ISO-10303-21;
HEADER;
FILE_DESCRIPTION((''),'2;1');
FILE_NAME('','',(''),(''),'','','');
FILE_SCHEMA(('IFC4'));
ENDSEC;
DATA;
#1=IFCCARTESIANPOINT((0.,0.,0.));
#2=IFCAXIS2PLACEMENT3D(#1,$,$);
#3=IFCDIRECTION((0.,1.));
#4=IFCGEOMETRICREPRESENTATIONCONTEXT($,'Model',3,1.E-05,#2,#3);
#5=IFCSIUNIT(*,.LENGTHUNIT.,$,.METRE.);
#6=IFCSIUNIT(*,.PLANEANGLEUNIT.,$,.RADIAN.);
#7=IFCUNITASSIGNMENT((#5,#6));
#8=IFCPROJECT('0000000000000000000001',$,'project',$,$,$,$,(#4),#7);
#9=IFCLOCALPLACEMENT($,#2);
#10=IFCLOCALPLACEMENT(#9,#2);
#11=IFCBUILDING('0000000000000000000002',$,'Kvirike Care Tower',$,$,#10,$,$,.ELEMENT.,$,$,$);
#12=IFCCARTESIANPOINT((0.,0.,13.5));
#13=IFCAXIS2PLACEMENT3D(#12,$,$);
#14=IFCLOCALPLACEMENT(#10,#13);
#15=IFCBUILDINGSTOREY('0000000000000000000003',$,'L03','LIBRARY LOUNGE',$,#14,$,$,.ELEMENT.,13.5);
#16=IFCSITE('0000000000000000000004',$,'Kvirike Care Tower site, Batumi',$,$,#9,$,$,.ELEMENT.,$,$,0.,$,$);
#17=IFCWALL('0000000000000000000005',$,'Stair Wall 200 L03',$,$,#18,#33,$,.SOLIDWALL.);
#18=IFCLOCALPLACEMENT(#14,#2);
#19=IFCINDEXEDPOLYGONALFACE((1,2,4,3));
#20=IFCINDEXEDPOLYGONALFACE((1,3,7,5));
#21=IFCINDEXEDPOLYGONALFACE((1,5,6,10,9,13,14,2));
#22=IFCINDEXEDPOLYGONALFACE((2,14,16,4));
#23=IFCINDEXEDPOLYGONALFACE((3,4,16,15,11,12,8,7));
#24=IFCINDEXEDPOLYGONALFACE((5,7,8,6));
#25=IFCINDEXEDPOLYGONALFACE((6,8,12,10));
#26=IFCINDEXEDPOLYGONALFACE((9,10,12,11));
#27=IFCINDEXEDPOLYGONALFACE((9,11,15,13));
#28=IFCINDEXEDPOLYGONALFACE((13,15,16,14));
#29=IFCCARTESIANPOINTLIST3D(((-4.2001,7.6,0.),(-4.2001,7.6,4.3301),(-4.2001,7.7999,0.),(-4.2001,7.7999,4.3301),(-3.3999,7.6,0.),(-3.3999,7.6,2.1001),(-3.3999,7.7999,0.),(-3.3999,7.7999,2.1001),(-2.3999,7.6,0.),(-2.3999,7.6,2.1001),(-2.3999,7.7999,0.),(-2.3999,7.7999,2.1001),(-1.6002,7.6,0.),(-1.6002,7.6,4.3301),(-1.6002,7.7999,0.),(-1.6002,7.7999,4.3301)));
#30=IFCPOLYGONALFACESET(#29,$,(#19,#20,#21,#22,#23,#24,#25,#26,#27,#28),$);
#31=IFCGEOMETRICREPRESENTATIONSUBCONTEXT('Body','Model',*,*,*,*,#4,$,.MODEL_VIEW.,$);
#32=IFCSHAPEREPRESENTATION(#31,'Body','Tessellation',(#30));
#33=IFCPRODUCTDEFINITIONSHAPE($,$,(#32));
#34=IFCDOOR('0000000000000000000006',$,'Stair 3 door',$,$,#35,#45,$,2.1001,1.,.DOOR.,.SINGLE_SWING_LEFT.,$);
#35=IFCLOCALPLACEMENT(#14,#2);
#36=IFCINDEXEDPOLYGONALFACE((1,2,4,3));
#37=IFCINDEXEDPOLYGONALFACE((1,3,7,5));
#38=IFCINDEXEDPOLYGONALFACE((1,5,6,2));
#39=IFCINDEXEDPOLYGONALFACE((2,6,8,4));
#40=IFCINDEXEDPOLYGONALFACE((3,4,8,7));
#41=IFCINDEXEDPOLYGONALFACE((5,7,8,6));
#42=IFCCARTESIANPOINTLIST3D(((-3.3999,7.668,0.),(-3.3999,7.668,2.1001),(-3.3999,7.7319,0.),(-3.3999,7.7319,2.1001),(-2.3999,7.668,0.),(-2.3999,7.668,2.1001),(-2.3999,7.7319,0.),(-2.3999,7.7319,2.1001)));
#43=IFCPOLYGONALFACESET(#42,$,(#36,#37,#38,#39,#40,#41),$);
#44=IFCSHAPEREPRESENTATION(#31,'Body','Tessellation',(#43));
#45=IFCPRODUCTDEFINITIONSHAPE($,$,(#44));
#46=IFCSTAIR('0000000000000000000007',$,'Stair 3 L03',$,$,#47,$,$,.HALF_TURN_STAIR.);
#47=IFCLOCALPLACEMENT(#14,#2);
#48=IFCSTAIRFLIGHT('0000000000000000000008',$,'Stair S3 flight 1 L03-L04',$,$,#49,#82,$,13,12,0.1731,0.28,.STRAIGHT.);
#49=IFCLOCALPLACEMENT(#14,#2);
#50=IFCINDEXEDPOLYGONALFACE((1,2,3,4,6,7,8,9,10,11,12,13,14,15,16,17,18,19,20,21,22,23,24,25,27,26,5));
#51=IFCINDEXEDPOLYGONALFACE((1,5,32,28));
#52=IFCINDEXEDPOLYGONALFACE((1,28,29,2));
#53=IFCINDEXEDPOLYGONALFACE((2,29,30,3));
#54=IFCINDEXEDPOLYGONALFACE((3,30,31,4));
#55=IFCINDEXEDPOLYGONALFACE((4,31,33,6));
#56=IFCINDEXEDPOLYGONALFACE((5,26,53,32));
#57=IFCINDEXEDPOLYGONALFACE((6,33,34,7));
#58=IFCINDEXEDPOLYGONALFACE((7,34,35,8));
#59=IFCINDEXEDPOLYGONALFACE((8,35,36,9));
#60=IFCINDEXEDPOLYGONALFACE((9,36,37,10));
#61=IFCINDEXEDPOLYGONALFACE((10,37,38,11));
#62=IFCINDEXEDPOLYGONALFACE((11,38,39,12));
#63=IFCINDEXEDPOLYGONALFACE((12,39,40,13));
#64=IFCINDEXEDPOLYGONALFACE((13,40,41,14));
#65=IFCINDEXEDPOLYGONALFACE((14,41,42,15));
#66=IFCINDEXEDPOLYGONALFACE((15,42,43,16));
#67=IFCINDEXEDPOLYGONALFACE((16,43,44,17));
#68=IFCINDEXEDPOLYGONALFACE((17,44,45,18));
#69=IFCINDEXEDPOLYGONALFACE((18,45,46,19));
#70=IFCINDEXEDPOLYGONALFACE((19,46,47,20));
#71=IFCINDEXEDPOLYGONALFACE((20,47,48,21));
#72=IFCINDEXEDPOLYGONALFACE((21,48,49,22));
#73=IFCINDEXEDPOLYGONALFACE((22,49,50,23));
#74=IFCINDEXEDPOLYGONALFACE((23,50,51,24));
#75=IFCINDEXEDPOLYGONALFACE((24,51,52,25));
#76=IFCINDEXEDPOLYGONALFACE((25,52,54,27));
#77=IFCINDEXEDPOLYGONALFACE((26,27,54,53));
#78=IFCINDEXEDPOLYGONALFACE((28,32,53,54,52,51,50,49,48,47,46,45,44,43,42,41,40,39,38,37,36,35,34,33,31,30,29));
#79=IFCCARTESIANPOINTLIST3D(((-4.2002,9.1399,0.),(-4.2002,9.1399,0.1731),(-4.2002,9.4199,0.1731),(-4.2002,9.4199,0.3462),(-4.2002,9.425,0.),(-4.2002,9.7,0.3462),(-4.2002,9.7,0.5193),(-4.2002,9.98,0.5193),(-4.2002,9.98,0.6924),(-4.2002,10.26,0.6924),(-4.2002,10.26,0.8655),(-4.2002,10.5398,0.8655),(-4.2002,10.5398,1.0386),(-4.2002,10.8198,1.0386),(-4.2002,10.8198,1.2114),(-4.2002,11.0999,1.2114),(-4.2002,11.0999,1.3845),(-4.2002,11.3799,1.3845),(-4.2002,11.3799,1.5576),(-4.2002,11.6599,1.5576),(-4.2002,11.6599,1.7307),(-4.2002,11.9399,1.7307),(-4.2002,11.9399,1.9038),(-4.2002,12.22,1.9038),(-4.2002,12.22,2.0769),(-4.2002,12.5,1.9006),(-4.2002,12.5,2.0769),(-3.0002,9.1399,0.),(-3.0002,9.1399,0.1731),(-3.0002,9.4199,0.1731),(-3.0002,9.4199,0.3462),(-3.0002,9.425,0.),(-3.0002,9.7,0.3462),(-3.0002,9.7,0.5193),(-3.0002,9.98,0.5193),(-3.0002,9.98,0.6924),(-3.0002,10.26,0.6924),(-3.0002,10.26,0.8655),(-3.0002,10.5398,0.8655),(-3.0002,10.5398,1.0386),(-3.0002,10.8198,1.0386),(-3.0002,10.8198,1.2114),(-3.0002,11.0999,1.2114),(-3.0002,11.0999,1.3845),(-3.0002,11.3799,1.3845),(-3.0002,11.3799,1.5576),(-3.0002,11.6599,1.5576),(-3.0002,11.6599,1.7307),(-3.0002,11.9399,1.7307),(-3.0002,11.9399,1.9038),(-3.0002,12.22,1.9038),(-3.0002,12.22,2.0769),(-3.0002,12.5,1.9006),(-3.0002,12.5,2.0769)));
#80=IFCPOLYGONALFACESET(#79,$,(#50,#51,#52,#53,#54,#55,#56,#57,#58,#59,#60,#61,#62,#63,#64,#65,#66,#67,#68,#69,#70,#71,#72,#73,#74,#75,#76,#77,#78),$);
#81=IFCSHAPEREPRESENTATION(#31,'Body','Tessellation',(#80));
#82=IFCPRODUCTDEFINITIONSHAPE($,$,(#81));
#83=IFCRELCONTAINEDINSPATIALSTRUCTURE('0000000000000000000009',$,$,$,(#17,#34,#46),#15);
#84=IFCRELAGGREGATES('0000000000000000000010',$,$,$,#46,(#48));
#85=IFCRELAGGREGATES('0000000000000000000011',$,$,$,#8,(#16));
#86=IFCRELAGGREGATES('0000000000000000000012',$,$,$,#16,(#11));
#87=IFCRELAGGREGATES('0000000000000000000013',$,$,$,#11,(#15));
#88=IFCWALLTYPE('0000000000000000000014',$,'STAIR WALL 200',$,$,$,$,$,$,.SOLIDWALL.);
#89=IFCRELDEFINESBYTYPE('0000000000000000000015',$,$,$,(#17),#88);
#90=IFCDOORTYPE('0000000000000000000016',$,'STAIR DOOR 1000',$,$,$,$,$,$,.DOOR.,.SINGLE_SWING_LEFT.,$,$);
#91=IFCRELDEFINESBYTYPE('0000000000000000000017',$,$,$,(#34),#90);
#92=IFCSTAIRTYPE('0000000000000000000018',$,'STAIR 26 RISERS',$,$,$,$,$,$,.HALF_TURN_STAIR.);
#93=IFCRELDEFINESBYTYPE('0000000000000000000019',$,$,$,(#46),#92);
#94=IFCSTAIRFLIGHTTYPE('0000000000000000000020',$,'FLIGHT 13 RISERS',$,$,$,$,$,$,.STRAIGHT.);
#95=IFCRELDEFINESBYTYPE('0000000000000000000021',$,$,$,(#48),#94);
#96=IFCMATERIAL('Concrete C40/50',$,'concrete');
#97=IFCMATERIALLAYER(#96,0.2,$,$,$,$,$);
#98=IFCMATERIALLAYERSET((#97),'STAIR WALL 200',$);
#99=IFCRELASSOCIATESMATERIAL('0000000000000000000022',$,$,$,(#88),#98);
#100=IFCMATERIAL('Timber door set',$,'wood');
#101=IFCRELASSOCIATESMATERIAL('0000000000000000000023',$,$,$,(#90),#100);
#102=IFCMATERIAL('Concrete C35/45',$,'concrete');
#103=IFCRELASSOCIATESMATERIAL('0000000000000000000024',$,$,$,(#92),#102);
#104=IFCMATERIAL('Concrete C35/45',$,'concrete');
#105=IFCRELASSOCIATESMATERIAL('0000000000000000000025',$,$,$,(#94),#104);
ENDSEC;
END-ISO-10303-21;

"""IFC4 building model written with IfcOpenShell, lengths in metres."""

from ifc_helpers import new_model, si_unit, direction, frame, frame_2d, origin, place, context, subcontext, project, spatial, polyline, rectangle, outline, extrude, material, layer, layer_set, type_object, element, fill, aggregate, save


model = new_model("IFC4")

# Units and contexts
model_context = context("Model", 3, precision=1e-05, world=origin(), true_north=direction((0.0, 1.0)))
body_context = subcontext(model_context, "Body", "Model", "MODEL_VIEW")
ifc_project = project(units=[si_unit("LENGTHUNIT", "METRE"), si_unit("PLANEANGLEUNIT", "RADIAN")], contexts=[model_context])

# Site, building, storey
site_placement = place(None, origin())
site = spatial("IfcSite", under=ifc_project, at=site_placement, Name="Kvirike Care Tower site, Batumi", CompositionType="ELEMENT", RefElevation=0.0)
building_placement = place(site_placement, origin())
building = spatial("IfcBuilding", under=site, at=building_placement, Name="Kvirike Care Tower", CompositionType="ELEMENT")
storey_placement = place(building_placement, frame((0.0, 0.0, 13.5)))
storey = spatial("IfcBuildingStorey", under=building, at=storey_placement, Name="L03", Description="LIBRARY LOUNGE", CompositionType="ELEMENT", Elevation=13.5)

# Wall, opening, door
ifc_material_1 = material(Name="Concrete C40/50", Category="concrete")
ifc_layer_1 = layer(ifc_material_1, 0.2)
ifc_layer_set_1 = layer_set([ifc_layer_1], Name="STAIR WALL 200")
wall_type_1 = type_object("IfcWallType", Name="STAIR WALL 200", PredefinedType="SOLIDWALL", material=ifc_layer_set_1)
wall_1_placement = place(storey_placement, frame((-4.2, 7.7, 0.0), z_axis=(0.0, 0.0, 1.0), x_axis=(1.0, 0.0, 0.0)))
wall_1 = element("IfcWall", 1, at=wall_1_placement, inside=storey, type_object=wall_type_1, Name="Stair Wall 200 L03", PredefinedType="SOLIDWALL", context=body_context, shape_type="SweptSolid", body=[
    extrude(rectangle(XDim=2.5999, YDim=0.2, at=frame_2d((1.2998, 0.0))), origin(), (0.0, 0.0, 1.0), 4.3301),
])
opening_1_placement = place(wall_1_placement, frame((0.8, 0.0, 0.0)))
opening_1 = element("IfcOpeningElement", 2, at=opening_1_placement, cuts=wall_1, PredefinedType="OPENING", context=body_context, shape_type="SweptSolid", body=[
    extrude(rectangle(XDim=1.0, YDim=2.1001, at=frame_2d((0.5, 1.05))), frame((0.0, 0.1106, 0.0), z_axis=(0.0, -1.0, 0.0), x_axis=(1.0, 0.0, 0.0)), (0.0, 0.0, 1.0), 0.2209),
])
ifc_material_2 = material(Name="Timber door set", Category="wood")
door_type_1 = type_object("IfcDoorType", Name="STAIR DOOR 1000", OperationType="SINGLE_SWING_LEFT", PredefinedType="DOOR", material=ifc_material_2)
door_1_placement = place(opening_1_placement, origin())
door_1 = element("IfcDoor", 3, at=door_1_placement, inside=storey, type_object=door_type_1, Name="Stair 3 door", OperationType="SINGLE_SWING_LEFT", OverallHeight=2.1001, OverallWidth=1.0, PredefinedType="DOOR", context=body_context, shape_type="SweptSolid", body=[
    extrude(rectangle(XDim=1.0, YDim=2.1001, at=frame_2d((0.5, 1.05))), frame((0.0, 0.032, 0.0), z_axis=(0.0, -1.0, 0.0), x_axis=(1.0, 0.0, 0.0)), (0.0, 0.0, 1.0), 0.064),
])
fill(opening_1, door_1)

# Stair, stair flight
ifc_material_3 = material(Name="Concrete C35/45", Category="concrete")
stair_type = type_object("IfcStairType", Name="STAIR 26 RISERS", PredefinedType="HALF_TURN_STAIR", material=ifc_material_3)
stair_placement = place(storey_placement, origin())
stair = element("IfcStair", 4, at=stair_placement, inside=storey, type_object=stair_type, Name="Stair 3 L03", PredefinedType="HALF_TURN_STAIR")
ifc_material_4 = material(Name="Concrete C35/45", Category="concrete")
stair_flight_type = type_object("IfcStairFlightType", Name="FLIGHT 13 RISERS", PredefinedType="STRAIGHT", material=ifc_material_4)
stair_flight_placement = place(storey_placement, frame((-3.6001, 9.1399, 0.0), z_axis=(0.0, 0.0, 1.0), x_axis=(0.0, 1.0, 0.0)))
stair_flight = element("IfcStairFlight", 5, at=stair_flight_placement, type_object=stair_flight_type, Name="Stair S3 flight 1 L03-L04", NumberOfRisers=13, NumberOfTreads=12, PredefinedType="STRAIGHT", RiserHeight=0.1731, TreadLength=0.28, context=body_context, shape_type="SweptSolid", body=[
    extrude(outline(polyline([(0.0, 0.0), (0.0, 0.1731), (0.28, 0.1731), (0.28, 0.3462), (0.5601, 0.3462), (0.5601, 0.5193), (0.8401, 0.5193), (0.8401, 0.6924), (1.1201, 0.6924), (1.1201, 0.8655), (1.3999, 0.8655), (1.3999, 1.0386), (1.6799, 1.0386), (1.6799, 1.2114), (1.96, 1.2114), (1.96, 1.3845), (2.24, 1.3845), (2.24, 1.5576), (2.52, 1.5576), (2.52, 1.7307), (2.8, 1.7307), (2.8, 1.9038), (3.0801, 1.9038), (3.0801, 2.0769), (3.3601, 2.0769), (3.3601, 2.25), (3.3601, 1.9006), (0.2852, 0.0), (0.0, 0.0)])), frame((0.0, 0.6001, 0.0), z_axis=(0.0, -1.0, 0.0), x_axis=(1.0, 0.0, 0.0)), (0.0, 0.0, 1.0), 1.2),
])
aggregate(stair, [stair_flight])

save(model, "model.ifc")
